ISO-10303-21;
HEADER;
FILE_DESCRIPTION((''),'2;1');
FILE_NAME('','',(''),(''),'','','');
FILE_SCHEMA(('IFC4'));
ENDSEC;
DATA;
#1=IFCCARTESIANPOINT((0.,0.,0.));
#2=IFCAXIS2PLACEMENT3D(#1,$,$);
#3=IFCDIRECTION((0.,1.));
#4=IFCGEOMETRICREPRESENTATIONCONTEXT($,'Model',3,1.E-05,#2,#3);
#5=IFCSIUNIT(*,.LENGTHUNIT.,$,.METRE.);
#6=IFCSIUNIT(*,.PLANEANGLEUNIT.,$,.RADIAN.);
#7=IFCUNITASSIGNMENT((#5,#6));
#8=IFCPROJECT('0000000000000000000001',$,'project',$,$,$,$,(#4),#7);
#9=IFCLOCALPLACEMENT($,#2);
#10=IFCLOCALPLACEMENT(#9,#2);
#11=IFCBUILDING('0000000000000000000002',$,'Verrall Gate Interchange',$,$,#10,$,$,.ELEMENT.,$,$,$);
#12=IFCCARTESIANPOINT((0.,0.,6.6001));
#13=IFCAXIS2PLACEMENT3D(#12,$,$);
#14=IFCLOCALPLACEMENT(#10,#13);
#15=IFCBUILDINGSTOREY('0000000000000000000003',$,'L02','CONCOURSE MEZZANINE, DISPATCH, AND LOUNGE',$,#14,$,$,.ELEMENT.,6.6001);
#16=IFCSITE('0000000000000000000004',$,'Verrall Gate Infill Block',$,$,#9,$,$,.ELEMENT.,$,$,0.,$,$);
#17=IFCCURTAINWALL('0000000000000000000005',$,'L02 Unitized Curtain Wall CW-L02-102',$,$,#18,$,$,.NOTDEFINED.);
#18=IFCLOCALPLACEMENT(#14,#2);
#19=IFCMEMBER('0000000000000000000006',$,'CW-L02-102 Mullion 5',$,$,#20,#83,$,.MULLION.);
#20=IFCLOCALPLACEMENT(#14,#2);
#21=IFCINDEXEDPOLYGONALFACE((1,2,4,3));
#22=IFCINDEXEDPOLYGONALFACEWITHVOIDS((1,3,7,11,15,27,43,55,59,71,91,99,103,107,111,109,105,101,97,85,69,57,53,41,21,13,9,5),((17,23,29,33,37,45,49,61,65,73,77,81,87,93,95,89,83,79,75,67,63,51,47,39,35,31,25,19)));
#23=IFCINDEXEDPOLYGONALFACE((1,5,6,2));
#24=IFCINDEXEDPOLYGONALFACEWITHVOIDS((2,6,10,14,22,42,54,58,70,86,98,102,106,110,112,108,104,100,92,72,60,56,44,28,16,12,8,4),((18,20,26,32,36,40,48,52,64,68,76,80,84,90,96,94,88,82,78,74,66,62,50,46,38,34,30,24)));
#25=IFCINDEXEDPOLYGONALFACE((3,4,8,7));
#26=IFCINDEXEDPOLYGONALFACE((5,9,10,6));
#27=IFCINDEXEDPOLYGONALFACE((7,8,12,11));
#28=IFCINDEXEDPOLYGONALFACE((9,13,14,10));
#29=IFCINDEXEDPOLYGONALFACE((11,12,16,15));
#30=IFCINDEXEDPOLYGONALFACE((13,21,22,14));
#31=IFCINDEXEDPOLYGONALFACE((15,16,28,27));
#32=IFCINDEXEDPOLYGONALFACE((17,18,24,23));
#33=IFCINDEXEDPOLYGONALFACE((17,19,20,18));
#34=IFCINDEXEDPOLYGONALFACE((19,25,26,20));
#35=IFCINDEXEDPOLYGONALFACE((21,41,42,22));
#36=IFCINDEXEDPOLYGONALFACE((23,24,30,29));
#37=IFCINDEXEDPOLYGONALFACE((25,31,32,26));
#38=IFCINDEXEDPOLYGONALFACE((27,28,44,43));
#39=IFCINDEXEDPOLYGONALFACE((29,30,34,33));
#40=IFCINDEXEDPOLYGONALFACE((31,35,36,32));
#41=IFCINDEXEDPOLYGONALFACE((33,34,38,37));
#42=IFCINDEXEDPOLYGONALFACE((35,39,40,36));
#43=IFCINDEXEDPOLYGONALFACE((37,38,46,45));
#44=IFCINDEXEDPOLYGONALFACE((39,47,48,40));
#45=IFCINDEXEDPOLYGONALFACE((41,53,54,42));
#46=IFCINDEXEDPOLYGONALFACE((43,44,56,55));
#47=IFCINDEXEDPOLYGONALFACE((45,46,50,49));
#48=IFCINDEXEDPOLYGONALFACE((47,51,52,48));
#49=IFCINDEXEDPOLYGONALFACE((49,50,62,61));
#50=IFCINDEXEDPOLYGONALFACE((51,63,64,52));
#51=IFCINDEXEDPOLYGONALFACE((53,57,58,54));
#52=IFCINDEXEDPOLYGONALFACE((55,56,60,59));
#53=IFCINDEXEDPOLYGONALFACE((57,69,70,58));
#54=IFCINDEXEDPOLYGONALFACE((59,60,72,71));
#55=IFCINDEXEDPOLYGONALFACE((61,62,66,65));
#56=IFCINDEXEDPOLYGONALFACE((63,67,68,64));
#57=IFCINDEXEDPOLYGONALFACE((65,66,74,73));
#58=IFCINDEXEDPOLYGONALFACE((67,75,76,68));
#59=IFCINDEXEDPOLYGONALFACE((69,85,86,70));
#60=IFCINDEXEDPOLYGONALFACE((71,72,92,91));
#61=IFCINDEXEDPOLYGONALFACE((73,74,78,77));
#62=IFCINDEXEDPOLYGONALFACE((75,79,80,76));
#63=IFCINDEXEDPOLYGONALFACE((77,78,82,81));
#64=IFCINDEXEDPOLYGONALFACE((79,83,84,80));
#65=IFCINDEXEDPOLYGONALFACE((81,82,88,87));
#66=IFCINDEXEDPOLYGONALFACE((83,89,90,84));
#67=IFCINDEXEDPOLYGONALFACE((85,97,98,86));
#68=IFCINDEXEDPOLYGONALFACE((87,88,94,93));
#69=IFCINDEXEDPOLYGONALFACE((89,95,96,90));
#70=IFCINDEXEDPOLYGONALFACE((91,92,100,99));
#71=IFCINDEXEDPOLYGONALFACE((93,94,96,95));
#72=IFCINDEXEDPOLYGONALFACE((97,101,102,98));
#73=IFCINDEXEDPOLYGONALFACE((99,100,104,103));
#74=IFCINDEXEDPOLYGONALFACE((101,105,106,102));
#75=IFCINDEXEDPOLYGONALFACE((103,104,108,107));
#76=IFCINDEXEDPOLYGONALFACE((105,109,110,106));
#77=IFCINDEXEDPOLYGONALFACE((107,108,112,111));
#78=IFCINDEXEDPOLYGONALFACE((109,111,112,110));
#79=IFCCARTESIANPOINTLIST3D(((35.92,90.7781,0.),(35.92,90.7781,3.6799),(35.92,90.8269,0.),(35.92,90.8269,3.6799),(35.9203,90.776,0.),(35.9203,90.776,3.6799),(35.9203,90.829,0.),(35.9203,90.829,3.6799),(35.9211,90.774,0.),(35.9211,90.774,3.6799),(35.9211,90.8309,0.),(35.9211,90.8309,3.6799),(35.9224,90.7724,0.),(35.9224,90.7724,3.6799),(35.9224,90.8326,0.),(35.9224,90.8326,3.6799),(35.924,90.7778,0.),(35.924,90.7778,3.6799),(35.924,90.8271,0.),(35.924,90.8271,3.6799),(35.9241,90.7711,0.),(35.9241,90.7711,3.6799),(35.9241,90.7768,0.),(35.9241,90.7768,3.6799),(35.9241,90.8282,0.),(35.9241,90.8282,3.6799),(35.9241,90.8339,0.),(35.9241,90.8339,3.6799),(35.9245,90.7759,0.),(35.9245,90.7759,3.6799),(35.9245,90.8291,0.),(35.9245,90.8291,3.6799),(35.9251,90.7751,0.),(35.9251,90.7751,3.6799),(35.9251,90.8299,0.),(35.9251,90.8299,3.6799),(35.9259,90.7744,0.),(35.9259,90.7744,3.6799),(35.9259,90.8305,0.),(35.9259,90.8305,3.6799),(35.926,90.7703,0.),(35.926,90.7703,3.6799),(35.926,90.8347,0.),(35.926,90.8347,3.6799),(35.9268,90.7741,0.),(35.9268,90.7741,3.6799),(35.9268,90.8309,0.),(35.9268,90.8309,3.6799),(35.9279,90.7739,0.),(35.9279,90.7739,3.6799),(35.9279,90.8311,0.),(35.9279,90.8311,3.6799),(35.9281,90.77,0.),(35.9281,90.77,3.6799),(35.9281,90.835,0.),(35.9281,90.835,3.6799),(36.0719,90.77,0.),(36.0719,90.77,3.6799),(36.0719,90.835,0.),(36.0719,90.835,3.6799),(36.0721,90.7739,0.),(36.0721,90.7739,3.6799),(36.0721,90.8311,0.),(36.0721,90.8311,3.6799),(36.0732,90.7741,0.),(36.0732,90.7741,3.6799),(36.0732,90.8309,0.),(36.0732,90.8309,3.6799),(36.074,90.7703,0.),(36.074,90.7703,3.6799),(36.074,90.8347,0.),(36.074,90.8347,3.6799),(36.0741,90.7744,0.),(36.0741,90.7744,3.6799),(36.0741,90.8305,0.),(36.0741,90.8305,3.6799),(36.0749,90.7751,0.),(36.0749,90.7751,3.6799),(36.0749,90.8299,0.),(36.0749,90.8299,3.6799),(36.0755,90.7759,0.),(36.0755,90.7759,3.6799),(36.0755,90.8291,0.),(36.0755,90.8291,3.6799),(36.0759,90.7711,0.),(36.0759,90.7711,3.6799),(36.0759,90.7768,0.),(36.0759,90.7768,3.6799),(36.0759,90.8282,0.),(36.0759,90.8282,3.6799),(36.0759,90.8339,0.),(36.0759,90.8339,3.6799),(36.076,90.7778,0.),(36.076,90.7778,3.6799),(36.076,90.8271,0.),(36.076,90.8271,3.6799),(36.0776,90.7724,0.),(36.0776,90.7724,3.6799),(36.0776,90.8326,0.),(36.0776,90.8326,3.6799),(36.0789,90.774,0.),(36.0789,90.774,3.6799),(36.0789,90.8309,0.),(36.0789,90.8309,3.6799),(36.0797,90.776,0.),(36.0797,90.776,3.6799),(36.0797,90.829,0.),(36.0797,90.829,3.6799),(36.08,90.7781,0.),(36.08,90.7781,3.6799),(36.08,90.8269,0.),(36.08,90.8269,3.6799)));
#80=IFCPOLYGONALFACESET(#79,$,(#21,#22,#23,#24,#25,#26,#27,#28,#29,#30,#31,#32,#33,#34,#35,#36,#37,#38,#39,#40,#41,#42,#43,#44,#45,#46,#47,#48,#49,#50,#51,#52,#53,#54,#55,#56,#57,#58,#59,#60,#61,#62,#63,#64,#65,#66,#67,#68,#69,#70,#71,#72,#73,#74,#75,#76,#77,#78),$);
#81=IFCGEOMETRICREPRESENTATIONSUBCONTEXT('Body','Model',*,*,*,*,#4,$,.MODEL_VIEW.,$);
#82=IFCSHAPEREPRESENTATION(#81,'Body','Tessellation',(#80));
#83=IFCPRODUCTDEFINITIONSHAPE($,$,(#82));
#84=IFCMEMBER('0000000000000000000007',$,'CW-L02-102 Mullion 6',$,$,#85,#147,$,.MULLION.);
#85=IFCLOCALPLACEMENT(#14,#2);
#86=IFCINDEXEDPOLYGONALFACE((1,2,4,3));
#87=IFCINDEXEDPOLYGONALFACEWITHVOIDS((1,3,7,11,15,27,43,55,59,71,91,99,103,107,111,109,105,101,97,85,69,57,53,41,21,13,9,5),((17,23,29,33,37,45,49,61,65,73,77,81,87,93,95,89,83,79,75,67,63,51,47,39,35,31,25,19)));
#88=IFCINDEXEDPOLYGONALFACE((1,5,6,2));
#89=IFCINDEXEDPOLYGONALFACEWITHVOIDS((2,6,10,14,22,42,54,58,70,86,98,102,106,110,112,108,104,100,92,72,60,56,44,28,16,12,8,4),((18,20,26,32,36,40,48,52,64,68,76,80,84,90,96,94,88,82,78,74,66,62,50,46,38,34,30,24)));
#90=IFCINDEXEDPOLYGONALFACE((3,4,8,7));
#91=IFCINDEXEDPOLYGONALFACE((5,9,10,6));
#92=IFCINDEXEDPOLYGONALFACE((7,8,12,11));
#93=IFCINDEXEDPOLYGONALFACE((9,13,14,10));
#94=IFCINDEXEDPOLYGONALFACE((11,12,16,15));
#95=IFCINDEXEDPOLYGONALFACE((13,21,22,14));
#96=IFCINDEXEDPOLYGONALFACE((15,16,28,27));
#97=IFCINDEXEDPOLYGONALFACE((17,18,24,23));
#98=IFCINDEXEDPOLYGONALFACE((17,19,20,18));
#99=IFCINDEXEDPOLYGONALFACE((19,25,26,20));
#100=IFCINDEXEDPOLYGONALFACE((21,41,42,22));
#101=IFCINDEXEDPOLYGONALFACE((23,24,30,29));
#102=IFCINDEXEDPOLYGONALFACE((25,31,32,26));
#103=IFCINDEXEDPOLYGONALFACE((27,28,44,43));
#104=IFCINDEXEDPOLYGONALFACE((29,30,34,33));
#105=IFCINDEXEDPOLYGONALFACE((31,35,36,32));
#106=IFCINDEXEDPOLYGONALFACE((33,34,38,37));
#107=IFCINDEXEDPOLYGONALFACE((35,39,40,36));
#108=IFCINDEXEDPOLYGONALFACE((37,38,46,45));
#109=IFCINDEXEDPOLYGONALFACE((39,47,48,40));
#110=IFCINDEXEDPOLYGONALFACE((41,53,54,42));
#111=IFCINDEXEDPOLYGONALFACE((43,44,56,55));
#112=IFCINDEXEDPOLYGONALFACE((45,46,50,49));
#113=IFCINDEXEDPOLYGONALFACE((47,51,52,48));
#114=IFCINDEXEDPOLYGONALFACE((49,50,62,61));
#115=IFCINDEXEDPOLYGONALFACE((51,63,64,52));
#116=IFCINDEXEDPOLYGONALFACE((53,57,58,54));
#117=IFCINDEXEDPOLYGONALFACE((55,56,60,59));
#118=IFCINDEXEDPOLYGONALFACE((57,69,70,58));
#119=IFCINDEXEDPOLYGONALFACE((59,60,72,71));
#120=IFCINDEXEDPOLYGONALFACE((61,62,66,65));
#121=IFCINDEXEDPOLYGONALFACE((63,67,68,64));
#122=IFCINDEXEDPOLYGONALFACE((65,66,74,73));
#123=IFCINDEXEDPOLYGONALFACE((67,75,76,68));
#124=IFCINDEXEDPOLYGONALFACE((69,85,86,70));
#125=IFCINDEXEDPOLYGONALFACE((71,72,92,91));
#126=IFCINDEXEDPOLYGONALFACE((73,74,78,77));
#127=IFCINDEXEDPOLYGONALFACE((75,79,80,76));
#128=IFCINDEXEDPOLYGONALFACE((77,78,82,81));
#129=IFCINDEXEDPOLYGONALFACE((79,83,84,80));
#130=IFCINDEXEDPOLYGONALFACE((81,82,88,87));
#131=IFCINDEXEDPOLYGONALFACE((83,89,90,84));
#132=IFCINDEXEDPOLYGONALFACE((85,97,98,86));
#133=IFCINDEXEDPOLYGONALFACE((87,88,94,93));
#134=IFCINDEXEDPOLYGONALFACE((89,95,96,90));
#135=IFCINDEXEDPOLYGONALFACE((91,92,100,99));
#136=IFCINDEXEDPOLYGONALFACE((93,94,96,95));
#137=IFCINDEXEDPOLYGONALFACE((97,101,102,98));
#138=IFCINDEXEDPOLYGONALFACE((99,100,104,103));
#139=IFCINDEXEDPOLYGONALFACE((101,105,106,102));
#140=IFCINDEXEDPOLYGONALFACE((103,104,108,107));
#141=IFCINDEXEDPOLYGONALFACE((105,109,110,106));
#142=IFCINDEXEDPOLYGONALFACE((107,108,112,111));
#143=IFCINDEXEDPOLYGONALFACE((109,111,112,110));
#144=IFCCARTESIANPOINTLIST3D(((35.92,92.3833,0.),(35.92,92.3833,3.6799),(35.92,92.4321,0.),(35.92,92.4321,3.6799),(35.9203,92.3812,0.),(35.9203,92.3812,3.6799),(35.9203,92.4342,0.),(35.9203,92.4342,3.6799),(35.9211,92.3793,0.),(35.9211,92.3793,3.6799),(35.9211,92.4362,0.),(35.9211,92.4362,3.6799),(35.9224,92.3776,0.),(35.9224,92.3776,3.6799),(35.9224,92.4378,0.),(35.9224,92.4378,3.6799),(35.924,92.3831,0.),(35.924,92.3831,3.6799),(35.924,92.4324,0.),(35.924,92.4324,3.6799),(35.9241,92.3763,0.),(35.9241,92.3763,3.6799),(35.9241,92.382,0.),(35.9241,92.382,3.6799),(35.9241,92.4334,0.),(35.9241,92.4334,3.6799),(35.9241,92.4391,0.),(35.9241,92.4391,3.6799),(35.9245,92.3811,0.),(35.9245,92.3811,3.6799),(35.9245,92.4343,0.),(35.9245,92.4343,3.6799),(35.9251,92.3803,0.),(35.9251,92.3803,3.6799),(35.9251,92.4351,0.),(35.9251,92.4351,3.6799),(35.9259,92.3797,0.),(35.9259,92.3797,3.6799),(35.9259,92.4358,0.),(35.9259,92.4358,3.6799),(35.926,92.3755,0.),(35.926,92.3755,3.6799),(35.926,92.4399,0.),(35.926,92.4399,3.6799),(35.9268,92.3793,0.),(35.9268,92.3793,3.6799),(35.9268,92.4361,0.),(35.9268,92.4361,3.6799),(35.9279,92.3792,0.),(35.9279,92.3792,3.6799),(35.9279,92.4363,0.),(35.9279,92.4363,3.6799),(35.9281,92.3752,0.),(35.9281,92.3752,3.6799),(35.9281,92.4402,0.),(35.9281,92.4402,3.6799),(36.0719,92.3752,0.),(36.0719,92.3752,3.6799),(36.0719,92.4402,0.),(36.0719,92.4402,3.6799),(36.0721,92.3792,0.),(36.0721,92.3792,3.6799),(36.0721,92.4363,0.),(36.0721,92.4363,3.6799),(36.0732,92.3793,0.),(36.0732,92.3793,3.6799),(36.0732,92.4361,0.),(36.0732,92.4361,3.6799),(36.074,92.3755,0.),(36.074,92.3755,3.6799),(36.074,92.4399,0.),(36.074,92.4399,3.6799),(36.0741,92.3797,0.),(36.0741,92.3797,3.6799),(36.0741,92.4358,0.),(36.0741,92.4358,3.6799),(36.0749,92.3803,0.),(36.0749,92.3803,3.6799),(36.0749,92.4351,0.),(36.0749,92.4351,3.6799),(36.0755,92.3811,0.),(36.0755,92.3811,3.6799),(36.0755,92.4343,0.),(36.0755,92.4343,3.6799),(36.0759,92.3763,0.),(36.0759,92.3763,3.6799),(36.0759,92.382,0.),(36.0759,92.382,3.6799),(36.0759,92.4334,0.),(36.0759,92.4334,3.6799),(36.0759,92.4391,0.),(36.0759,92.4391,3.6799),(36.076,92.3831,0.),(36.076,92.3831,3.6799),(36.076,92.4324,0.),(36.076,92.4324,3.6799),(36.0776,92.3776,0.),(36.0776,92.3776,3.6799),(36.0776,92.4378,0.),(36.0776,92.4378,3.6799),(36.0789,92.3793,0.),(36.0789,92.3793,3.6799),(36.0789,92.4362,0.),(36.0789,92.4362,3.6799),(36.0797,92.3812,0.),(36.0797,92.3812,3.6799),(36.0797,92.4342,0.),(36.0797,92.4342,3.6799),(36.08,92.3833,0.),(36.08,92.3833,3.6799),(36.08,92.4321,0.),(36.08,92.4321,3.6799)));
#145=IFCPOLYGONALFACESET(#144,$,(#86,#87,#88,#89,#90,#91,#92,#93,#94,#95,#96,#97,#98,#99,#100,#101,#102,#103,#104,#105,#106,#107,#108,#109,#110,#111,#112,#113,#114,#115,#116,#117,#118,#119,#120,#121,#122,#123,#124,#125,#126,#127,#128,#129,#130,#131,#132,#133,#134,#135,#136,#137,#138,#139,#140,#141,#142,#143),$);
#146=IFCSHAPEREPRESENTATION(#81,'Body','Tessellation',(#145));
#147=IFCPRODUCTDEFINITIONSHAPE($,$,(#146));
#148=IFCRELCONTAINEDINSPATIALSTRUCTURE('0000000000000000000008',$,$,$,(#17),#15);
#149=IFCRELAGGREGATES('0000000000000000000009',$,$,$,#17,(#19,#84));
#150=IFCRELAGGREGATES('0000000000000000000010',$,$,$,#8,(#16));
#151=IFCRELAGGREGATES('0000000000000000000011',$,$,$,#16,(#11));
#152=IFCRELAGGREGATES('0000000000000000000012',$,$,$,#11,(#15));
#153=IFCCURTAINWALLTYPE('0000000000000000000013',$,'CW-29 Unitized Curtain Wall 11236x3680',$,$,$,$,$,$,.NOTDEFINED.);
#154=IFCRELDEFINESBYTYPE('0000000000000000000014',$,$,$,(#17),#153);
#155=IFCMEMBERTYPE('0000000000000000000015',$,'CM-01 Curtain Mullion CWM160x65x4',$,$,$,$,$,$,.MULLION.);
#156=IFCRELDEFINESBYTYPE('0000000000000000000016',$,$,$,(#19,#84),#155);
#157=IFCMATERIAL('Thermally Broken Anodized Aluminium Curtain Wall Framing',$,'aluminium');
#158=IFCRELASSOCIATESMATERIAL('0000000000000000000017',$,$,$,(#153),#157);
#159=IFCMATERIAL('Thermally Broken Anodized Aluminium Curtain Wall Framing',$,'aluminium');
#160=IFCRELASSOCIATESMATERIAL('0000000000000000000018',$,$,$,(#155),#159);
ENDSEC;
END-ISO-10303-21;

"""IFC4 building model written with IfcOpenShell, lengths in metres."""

from ifc_helpers import new_model, si_unit, direction, frame, origin, origin_2d, place, context, subcontext, project, spatial, hollow_rectangle, extrude, material, material_profile, profile_set, type_object, element, aggregate, save


model = new_model("IFC4")

# Units and contexts
model_context = context("Model", 3, precision=1e-05, world=origin(), true_north=direction((0.0, 1.0)))
body_context = subcontext(model_context, "Body", "Model", "MODEL_VIEW")
ifc_project = project(units=[si_unit("LENGTHUNIT", "METRE"), si_unit("PLANEANGLEUNIT", "RADIAN")], contexts=[model_context])

# Site, building, storey
site_placement = place(None, origin())
site = spatial("IfcSite", under=ifc_project, at=site_placement, Name="Verrall Gate Infill Block", CompositionType="ELEMENT", RefElevation=0.0)
building_placement = place(site_placement, origin())
building = spatial("IfcBuilding", under=site, at=building_placement, Name="Verrall Gate Interchange", CompositionType="ELEMENT")
storey_placement = place(building_placement, frame((0.0, 0.0, 6.6001)))
storey = spatial("IfcBuildingStorey", under=building, at=storey_placement, Name="L02", Description="CONCOURSE MEZZANINE, DISPATCH, AND LOUNGE", CompositionType="ELEMENT", Elevation=6.6001)

# Curtain wall, members
ifc_material_1 = material(Name="Thermally Broken Anodized Aluminium Curtain Wall Framing", Category="aluminium")
curtain_wall_type = type_object("IfcCurtainWallType", Name="CW-29 Unitized Curtain Wall 11236x3680", PredefinedType="NOTDEFINED", material=ifc_material_1)
curtain_wall_placement = place(storey_placement, origin())
curtain_wall = element("IfcCurtainWall", 1, at=curtain_wall_placement, inside=storey, type_object=curtain_wall_type, Name="L02 Unitized Curtain Wall CW-L02-102", PredefinedType="NOTDEFINED")
ifc_material_2 = material(Name="Thermally Broken Anodized Aluminium Curtain Wall Framing", Category="aluminium")
ifc_material_profile_1 = material_profile(ifc_material_2, hollow_rectangle(XDim=0.0649, YDim=0.1599, WallThickness=0.0039, InnerFilletRadius=0.0039, OuterFilletRadius=0.0081, at=origin_2d()), Name="CWM160x65x4")
ifc_profile_set_1 = profile_set([ifc_material_profile_1], Name="Thermally Broken Anodized Aluminium Curtain Wall Framing")
member_type_1 = type_object("IfcMemberType", Name="CM-01 Curtain Mullion CWM160x65x4", PredefinedType="MULLION", material=ifc_profile_set_1)
member_1_placement = place(storey_placement, frame((36.0, 90.8025, 0.0), z_axis=(0.0, 0.0, 1.0), x_axis=(0.0, 1.0, 0.0)))
member_1 = element("IfcMember", 2, at=member_1_placement, type_object=member_type_1, Name="CW-L02-102 Mullion 5", PredefinedType="MULLION", context=body_context, shape_type="SweptSolid", body=[
    extrude(hollow_rectangle(XDim=0.0649, YDim=0.1599, WallThickness=0.0039, InnerFilletRadius=0.0039, OuterFilletRadius=0.0081, at=origin_2d()), origin(), (0.0, 0.0, 1.0), 3.6799),
])
member_2_placement = place(storey_placement, frame((36.0, 92.4077, 0.0), z_axis=(0.0, 0.0, 1.0), x_axis=(0.0, 1.0, 0.0)))
member_2 = element("IfcMember", 3, at=member_2_placement, type_object=member_type_1, Name="CW-L02-102 Mullion 6", PredefinedType="MULLION", context=body_context, shape_type="SweptSolid", body=[
    extrude(hollow_rectangle(XDim=0.0649, YDim=0.1599, WallThickness=0.0039, InnerFilletRadius=0.0039, OuterFilletRadius=0.0081, at=origin_2d()), origin(), (0.0, 0.0, 1.0), 3.6799),
])

aggregate(curtain_wall, [member_1, member_2])

save(model, "model.ifc")
